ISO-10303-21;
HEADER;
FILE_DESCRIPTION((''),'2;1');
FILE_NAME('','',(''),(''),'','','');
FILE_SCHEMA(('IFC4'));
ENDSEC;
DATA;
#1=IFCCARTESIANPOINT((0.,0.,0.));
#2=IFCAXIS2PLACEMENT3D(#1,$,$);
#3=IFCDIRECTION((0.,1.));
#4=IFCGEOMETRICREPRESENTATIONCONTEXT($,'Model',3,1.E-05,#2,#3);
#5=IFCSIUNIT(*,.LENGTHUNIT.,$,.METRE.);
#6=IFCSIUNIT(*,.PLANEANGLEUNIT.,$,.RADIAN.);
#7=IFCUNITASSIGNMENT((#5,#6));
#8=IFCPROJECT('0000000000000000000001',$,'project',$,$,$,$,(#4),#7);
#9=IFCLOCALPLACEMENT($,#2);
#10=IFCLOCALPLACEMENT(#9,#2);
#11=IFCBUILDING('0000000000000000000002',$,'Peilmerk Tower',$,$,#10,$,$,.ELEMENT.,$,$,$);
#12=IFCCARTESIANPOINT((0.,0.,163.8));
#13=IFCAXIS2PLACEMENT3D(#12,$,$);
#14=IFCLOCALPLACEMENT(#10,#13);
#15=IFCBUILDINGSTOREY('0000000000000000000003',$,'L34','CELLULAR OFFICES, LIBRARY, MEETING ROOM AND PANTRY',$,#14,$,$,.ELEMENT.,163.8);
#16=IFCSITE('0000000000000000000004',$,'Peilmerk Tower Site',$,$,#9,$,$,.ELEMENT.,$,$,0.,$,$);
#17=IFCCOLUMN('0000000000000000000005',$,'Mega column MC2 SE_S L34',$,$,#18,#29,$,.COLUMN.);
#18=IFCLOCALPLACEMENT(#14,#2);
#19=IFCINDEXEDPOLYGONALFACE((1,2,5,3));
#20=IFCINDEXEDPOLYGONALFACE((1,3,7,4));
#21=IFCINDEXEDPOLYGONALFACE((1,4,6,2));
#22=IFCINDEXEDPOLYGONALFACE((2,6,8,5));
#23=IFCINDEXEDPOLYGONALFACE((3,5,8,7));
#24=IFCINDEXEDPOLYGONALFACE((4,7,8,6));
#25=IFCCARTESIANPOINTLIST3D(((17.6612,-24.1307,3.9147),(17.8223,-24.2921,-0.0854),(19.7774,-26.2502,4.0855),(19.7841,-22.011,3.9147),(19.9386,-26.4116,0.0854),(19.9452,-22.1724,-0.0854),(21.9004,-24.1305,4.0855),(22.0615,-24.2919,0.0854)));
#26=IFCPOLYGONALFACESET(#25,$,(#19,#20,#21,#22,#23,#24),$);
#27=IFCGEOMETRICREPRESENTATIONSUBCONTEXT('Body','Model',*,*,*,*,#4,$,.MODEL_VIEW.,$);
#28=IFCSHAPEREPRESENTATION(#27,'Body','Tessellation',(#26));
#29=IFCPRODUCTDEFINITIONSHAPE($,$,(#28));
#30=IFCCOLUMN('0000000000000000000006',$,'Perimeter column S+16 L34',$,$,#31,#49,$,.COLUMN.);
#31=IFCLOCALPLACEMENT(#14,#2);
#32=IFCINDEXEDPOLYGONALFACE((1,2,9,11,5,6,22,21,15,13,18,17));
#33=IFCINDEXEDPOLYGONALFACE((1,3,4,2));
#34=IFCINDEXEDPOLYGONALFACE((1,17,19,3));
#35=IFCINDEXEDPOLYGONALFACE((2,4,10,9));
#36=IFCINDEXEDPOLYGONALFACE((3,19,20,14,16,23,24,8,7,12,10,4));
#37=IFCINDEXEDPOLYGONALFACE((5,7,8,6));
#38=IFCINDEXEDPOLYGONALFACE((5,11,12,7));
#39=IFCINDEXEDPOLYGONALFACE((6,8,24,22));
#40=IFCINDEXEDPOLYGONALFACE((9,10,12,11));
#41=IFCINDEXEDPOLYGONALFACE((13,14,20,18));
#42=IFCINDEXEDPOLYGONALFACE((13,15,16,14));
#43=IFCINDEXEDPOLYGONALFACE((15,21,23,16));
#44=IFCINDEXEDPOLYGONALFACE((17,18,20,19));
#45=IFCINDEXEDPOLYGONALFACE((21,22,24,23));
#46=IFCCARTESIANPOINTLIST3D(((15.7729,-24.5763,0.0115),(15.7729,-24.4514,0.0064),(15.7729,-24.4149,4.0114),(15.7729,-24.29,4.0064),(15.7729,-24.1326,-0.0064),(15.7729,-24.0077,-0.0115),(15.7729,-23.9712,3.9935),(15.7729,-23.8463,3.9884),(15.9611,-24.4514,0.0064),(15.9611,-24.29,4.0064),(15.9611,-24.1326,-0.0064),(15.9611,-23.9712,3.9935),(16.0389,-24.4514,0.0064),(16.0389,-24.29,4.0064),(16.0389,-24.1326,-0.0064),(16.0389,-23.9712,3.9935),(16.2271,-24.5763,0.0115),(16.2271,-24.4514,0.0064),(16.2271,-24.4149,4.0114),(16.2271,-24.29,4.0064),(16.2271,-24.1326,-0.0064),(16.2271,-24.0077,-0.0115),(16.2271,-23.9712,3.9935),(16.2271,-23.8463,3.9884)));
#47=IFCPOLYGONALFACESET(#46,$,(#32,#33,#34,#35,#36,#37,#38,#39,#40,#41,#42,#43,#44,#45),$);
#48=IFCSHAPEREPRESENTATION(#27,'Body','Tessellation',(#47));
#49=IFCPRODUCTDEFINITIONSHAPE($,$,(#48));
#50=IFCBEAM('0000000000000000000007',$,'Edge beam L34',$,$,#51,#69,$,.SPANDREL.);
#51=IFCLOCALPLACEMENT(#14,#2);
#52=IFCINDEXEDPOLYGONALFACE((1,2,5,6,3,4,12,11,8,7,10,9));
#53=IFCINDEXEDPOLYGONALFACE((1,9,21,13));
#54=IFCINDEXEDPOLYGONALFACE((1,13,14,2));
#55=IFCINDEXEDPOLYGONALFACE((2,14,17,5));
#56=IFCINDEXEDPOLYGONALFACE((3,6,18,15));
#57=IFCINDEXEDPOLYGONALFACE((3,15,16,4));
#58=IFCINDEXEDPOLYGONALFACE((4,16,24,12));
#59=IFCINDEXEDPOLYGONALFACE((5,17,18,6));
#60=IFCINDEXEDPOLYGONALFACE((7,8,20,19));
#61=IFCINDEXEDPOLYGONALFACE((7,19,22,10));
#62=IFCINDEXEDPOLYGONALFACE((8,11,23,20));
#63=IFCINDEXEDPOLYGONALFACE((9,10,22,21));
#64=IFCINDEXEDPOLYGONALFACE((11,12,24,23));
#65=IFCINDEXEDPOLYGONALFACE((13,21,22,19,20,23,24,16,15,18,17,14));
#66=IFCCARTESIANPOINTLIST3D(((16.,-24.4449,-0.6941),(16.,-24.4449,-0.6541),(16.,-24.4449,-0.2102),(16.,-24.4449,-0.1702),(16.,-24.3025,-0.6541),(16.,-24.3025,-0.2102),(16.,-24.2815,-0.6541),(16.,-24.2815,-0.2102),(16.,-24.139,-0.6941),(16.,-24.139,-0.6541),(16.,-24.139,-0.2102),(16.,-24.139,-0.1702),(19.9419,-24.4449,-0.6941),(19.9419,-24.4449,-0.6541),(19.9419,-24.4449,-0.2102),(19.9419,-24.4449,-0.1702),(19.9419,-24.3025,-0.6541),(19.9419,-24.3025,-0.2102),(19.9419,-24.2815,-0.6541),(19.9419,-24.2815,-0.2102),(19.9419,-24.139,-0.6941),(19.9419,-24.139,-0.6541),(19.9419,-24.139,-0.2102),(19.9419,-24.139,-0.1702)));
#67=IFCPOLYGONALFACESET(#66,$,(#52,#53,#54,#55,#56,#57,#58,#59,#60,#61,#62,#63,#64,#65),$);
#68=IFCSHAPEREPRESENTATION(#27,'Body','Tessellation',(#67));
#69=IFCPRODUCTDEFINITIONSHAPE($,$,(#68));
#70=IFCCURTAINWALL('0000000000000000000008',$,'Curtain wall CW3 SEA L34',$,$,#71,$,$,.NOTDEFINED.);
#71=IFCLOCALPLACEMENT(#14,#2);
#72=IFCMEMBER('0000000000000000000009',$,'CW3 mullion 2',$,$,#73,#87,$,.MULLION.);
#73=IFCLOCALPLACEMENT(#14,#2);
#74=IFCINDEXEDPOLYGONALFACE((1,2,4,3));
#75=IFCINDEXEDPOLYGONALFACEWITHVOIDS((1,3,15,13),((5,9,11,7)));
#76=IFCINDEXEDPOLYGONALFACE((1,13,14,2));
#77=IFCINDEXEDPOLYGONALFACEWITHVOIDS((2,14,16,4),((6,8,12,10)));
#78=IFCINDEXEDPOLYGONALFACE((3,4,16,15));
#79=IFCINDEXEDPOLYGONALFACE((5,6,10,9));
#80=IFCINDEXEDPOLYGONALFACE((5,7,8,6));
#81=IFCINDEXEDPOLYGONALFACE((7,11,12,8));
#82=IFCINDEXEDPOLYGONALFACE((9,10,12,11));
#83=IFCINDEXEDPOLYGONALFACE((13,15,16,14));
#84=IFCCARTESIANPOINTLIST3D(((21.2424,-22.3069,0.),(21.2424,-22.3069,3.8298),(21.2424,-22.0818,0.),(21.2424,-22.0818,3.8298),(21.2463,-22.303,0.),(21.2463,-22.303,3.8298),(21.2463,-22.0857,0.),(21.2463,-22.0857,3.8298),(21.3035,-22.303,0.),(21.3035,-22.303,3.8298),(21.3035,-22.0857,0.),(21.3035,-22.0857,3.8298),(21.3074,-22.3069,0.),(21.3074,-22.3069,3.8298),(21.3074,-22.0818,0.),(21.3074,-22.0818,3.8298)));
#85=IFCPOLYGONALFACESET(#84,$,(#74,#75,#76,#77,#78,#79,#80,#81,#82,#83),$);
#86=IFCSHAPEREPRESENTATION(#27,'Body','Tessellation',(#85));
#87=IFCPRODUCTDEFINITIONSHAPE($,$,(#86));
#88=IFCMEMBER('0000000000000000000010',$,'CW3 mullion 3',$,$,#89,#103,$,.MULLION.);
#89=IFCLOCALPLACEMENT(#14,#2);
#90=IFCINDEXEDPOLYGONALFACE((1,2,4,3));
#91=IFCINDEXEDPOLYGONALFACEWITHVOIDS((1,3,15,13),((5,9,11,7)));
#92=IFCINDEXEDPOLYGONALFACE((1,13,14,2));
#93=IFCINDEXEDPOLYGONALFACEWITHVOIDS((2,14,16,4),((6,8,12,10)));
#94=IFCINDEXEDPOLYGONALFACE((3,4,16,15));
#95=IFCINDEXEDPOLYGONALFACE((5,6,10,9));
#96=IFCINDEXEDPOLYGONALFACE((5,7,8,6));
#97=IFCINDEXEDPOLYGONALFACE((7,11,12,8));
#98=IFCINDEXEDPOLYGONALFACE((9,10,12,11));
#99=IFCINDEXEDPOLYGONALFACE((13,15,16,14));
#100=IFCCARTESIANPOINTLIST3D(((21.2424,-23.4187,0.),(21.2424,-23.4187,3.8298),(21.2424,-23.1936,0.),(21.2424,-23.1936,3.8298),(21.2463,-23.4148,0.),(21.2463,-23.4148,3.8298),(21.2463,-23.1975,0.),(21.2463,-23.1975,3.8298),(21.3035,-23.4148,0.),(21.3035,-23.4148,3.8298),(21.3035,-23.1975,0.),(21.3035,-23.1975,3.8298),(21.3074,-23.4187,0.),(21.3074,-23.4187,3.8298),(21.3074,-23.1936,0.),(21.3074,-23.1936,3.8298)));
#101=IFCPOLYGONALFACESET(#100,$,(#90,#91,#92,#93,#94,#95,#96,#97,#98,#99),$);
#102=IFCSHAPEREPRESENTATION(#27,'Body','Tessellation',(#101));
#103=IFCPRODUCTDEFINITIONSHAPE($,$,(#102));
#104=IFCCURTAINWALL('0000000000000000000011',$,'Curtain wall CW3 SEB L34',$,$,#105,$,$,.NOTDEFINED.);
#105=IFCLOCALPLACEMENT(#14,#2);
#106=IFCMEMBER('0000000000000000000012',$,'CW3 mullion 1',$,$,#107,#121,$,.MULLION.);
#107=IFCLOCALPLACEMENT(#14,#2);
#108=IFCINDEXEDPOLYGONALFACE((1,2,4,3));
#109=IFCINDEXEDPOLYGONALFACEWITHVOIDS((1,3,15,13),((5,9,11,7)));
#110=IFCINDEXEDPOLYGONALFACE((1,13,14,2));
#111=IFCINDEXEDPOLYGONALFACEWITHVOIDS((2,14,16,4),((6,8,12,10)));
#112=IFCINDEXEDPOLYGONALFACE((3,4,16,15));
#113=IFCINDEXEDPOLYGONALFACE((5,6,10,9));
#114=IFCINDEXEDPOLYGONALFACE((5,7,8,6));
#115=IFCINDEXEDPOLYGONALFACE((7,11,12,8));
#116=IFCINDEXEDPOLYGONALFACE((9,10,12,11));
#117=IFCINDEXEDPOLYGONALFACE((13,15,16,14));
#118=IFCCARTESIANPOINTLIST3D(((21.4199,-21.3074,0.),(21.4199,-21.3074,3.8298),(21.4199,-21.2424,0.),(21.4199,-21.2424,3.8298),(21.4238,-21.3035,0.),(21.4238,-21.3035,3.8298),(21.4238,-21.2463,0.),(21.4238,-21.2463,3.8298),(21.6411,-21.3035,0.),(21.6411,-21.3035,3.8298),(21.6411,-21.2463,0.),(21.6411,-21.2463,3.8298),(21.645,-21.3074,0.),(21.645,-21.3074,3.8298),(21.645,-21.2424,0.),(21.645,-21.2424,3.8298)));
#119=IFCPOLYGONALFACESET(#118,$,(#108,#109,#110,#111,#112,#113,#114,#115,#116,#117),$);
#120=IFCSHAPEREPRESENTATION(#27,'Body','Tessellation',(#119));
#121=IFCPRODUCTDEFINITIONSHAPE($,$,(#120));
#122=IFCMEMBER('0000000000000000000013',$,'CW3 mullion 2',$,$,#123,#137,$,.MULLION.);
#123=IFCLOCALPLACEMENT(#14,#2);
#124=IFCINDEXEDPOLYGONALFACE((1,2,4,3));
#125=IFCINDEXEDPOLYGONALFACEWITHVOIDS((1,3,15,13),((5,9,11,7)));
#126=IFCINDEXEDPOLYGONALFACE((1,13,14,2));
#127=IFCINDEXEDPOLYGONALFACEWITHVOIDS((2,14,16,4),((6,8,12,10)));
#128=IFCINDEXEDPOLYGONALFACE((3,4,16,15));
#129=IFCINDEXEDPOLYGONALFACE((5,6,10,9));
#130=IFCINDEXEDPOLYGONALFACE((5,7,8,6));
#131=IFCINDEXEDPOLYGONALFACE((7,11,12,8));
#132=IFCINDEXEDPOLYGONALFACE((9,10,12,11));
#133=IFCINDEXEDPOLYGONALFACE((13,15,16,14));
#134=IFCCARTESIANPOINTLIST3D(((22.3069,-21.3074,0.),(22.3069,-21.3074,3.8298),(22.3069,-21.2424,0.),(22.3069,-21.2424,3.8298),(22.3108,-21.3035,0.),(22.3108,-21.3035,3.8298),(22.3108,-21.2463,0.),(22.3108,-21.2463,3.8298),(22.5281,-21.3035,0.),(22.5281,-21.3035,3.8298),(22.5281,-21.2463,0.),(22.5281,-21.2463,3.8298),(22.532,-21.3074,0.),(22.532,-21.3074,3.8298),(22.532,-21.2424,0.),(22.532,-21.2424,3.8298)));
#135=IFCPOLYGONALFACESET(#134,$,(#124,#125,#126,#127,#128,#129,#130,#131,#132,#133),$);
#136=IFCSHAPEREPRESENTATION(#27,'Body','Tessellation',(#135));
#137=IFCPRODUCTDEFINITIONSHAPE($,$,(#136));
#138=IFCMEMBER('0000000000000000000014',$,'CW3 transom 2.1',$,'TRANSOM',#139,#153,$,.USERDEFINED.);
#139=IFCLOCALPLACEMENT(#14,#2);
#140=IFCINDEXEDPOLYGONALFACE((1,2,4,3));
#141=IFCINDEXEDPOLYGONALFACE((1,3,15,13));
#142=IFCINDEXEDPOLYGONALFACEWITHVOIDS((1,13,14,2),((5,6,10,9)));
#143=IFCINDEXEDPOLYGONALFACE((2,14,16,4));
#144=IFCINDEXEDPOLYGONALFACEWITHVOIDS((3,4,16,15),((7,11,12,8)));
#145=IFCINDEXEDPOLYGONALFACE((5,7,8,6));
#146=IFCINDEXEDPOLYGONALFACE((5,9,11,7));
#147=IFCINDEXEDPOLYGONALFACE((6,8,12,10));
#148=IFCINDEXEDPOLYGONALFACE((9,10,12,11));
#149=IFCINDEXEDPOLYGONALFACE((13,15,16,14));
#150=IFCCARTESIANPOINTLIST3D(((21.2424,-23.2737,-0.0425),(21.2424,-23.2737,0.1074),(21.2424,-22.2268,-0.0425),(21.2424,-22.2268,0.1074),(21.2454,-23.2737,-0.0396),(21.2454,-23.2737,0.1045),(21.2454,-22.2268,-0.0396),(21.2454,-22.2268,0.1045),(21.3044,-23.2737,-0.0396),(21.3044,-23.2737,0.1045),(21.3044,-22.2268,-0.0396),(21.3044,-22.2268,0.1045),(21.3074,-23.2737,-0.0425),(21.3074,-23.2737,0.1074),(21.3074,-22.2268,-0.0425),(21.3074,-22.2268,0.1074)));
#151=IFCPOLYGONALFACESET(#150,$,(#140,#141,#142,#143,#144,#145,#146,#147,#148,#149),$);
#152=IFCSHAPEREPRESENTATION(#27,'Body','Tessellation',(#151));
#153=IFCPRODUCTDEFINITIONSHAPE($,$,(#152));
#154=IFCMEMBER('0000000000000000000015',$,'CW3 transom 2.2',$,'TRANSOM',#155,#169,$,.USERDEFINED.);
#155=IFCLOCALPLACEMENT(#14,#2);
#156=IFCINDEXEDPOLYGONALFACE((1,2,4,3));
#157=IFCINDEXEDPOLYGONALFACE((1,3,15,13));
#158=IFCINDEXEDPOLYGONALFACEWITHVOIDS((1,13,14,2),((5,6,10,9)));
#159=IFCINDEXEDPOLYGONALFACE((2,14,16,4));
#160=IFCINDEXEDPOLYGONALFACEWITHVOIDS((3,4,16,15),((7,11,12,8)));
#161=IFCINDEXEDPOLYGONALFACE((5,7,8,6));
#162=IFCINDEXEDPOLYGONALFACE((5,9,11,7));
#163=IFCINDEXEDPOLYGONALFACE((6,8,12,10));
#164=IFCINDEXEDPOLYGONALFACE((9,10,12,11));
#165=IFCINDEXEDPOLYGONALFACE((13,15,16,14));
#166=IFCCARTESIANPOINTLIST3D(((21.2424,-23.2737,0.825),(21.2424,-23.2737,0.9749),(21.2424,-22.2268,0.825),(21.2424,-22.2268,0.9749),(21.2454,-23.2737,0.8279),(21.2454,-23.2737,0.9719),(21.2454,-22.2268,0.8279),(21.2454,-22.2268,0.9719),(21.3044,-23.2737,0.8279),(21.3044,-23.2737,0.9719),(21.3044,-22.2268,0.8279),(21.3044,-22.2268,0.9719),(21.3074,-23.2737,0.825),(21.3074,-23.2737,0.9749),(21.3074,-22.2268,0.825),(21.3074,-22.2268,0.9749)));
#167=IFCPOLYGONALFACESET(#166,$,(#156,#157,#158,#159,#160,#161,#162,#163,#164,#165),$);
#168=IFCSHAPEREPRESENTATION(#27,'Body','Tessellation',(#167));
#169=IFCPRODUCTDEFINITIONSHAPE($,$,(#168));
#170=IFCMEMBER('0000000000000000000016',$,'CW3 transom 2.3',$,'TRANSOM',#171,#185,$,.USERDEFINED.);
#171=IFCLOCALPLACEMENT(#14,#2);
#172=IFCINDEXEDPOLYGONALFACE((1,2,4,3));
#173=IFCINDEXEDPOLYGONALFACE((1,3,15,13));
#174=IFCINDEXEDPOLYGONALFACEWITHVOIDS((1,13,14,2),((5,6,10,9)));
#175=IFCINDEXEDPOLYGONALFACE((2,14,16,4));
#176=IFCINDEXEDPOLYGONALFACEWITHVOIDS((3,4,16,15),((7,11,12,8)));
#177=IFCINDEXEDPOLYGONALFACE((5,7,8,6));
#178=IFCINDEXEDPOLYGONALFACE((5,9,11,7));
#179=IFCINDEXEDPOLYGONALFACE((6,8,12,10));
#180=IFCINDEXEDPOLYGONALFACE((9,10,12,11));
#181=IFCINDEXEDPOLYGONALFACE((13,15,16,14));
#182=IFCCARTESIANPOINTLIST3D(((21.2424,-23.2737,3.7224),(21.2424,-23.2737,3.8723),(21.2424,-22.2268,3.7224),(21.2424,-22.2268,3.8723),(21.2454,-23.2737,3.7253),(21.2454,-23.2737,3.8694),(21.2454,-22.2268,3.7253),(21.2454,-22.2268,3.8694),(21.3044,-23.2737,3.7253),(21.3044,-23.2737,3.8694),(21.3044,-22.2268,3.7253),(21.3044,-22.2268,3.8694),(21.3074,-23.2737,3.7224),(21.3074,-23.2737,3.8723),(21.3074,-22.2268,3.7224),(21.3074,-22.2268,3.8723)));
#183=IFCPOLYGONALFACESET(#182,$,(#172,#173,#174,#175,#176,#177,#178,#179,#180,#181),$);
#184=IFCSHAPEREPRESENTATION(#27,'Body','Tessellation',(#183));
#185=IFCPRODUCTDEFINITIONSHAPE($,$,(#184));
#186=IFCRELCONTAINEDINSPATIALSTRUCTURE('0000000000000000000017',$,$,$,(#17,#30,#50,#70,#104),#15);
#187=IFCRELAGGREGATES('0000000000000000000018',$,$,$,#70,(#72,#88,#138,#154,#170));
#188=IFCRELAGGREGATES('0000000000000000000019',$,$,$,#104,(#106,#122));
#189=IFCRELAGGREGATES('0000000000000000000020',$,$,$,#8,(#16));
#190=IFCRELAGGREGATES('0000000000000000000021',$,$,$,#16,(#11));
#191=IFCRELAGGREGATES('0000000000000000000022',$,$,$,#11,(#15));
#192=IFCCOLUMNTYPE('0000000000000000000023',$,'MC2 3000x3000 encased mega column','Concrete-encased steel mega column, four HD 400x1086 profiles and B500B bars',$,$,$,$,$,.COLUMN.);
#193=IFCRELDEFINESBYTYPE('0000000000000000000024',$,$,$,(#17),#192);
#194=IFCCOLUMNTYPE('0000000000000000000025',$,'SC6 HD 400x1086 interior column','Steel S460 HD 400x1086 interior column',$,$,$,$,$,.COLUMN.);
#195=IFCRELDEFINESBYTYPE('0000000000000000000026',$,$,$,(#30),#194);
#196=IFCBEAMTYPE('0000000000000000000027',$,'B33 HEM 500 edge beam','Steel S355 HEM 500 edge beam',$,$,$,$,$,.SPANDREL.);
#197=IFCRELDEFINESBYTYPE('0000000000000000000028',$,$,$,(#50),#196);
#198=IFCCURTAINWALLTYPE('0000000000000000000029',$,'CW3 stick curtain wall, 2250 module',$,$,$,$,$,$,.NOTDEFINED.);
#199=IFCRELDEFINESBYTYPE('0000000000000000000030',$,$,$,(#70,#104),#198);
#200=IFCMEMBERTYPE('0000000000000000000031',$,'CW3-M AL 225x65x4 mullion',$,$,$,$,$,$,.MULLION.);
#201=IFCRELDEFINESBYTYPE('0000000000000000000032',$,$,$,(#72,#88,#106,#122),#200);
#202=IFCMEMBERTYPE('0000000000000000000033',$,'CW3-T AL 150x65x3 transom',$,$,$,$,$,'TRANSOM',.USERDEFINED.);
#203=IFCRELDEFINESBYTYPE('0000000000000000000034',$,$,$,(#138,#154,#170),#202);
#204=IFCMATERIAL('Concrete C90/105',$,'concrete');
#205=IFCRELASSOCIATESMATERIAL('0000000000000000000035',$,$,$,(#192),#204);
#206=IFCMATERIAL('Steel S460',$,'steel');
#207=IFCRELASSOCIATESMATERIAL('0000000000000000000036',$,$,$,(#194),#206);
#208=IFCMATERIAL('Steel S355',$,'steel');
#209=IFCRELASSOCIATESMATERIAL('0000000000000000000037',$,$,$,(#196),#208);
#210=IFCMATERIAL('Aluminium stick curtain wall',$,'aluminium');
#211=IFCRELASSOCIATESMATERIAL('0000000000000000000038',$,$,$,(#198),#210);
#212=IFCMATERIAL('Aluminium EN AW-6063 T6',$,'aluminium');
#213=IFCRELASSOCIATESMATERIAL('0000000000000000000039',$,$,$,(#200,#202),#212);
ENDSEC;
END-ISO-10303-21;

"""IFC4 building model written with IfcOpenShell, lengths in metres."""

from ifc_helpers import new_model, si_unit, direction, frame, origin, origin_2d, place, context, subcontext, project, spatial, rectangle, hollow_rectangle, i_section, extrude, material, material_profile, profile_set, type_object, element, aggregate, save


model = new_model("IFC4")

# Units and contexts
model_context = context("Model", 3, precision=1e-05, world=origin(), true_north=direction((0.0, 1.0)))
body_context = subcontext(model_context, "Body", "Model", "MODEL_VIEW")
ifc_project = project(units=[si_unit("LENGTHUNIT", "METRE"), si_unit("PLANEANGLEUNIT", "RADIAN")], contexts=[model_context])

# Site, building, storey
site_placement = place(None, origin())
site = spatial("IfcSite", under=ifc_project, at=site_placement, Name="Peilmerk Tower Site", CompositionType="ELEMENT", RefElevation=0.0)
building_placement = place(site_placement, origin())
building = spatial("IfcBuilding", under=site, at=building_placement, Name="Peilmerk Tower", CompositionType="ELEMENT")
storey_placement = place(building_placement, frame((0.0, 0.0, 163.8)))
storey = spatial("IfcBuildingStorey", under=building, at=storey_placement, Name="L34", Description="CELLULAR OFFICES, LIBRARY, MEETING ROOM AND PANTRY", CompositionType="ELEMENT", Elevation=163.8)

# Columns
ifc_material_1 = material(Name="Concrete C90/105", Category="concrete")
ifc_material_profile_1 = material_profile(ifc_material_1, rectangle(XDim=3.0, YDim=3.0, at=origin_2d()), Name="RC 3000x3000")
ifc_profile_set_1 = profile_set([ifc_material_profile_1], Name="Concrete C90/105")
column_type_1 = type_object("IfcColumnType", Name="MC2 3000x3000 encased mega column", Description="Concrete-encased steel mega column, four HD 400x1086 profiles and B500B bars", PredefinedType="COLUMN", material=ifc_profile_set_1)
column_1_placement = place(storey_placement, frame((19.9419, -24.292, 0.0), z_axis=(-0.040218, 0.040279, 0.998379), x_axis=(-0.707642, -0.706571, 0.0)))
element("IfcColumn", 1, at=column_1_placement, inside=storey, type_object=column_type_1, Name="Mega column MC2 SE_S L34", PredefinedType="COLUMN", context=body_context, shape_type="SweptSolid", body=[
    extrude(rectangle(XDim=3.0, YDim=3.0, at=origin_2d()), origin(), (0.0, 0.0, 1.0), 4.0066),
])
ifc_material_2 = material(Name="Steel S460", Category="steel")
ifc_material_profile_2 = material_profile(ifc_material_2, i_section(OverallWidth=0.4541, OverallDepth=0.5691, WebThickness=0.0779, FlangeThickness=0.125, at=origin_2d()), Name="HD 400x1086")
ifc_profile_set_2 = profile_set([ifc_material_profile_2], Name="Steel S460")
column_type_2 = type_object("IfcColumnType", Name="SC6 HD 400x1086 interior column", Description="Steel S460 HD 400x1086 interior column", PredefinedType="COLUMN", material=ifc_profile_set_2)
column_2_placement = place(storey_placement, frame((16.0, -24.292, 0.0), z_axis=(0.0, 0.040311, 0.999187), x_axis=(-1.0, 0.0, 0.0)))
element("IfcColumn", 2, at=column_2_placement, inside=storey, type_object=column_type_2, Name="Perimeter column S+16 L34", PredefinedType="COLUMN", context=body_context, shape_type="SweptSolid", body=[
    extrude(i_section(OverallWidth=0.4541, OverallDepth=0.5691, WebThickness=0.0779, FlangeThickness=0.125, at=origin_2d()), origin(), (0.0, 0.0, 1.0), 4.0032),
])

# Beam
ifc_material_3 = material(Name="Steel S355", Category="steel")
ifc_material_profile_3 = material_profile(ifc_material_3, i_section(OverallWidth=0.3059, OverallDepth=0.5239, WebThickness=0.021, FlangeThickness=0.04, at=origin_2d()), Name="HEM 500")
ifc_profile_set_3 = profile_set([ifc_material_profile_3], Name="Steel S355")
beam_type = type_object("IfcBeamType", Name="B33 HEM 500 edge beam", Description="Steel S355 HEM 500 edge beam", PredefinedType="SPANDREL", material=ifc_profile_set_3)
beam_placement = place(storey_placement, frame((16.0, -24.292, -0.4321), z_axis=(1.0, 0.0, 0.0), x_axis=(0.0, 1.0, 0.0)))
element("IfcBeam", 3, at=beam_placement, inside=storey, type_object=beam_type, Name="Edge beam L34", PredefinedType="SPANDREL", context=body_context, shape_type="SweptSolid", body=[
    extrude(i_section(OverallWidth=0.3059, OverallDepth=0.5239, WebThickness=0.021, FlangeThickness=0.04, at=origin_2d()), origin(), (0.0, 0.0, 1.0), 3.9419),
])

# Curtain walls, members
ifc_material_4 = material(Name="Aluminium stick curtain wall", Category="aluminium")
curtain_wall_type = type_object("IfcCurtainWallType", Name="CW3 stick curtain wall, 2250 module", PredefinedType="NOTDEFINED", material=ifc_material_4)
curtain_wall_1_placement = place(storey_placement, origin())
curtain_wall_1 = element("IfcCurtainWall", 4, at=curtain_wall_1_placement, inside=storey, type_object=curtain_wall_type, Name="Curtain wall CW3 SEA L34", PredefinedType="NOTDEFINED")
ifc_material_5 = material(Name="Aluminium EN AW-6063 T6", Category="aluminium")
ifc_material_profile_4 = material_profile(ifc_material_5, hollow_rectangle(XDim=0.0649, YDim=0.2251, WallThickness=0.0039, at=origin_2d()), Name="AL 225x65x4")
ifc_profile_set_4 = profile_set([ifc_material_profile_4], Name="Aluminium EN AW-6063 T6")
member_type_1 = type_object("IfcMemberType", Name="CW3-M AL 225x65x4 mullion", PredefinedType="MULLION", material=ifc_profile_set_4)
member_1_placement = place(storey_placement, frame((21.2749, -22.1943, 0.0), z_axis=(0.0, 0.0, 1.0), x_axis=(1.0, 0.0, 0.0)))
member_1 = element("IfcMember", 5, at=member_1_placement, type_object=member_type_1, Name="CW3 mullion 2", PredefinedType="MULLION", context=body_context, shape_type="SweptSolid", body=[
    extrude(hollow_rectangle(XDim=0.0649, YDim=0.2251, WallThickness=0.0039, at=origin_2d()), origin(), (0.0, 0.0, 1.0), 3.8298),
])
member_2_placement = place(storey_placement, frame((21.2749, -23.3062, 0.0), z_axis=(0.0, 0.0, 1.0), x_axis=(1.0, 0.0, 0.0)))
member_2 = element("IfcMember", 6, at=member_2_placement, type_object=member_type_1, Name="CW3 mullion 3", PredefinedType="MULLION", context=body_context, shape_type="SweptSolid", body=[
    extrude(hollow_rectangle(XDim=0.0649, YDim=0.2251, WallThickness=0.0039, at=origin_2d()), origin(), (0.0, 0.0, 1.0), 3.8298),
])
curtain_wall_2_placement = place(storey_placement, origin())
curtain_wall_2 = element("IfcCurtainWall", 7, at=curtain_wall_2_placement, inside=storey, type_object=curtain_wall_type, Name="Curtain wall CW3 SEB L34", PredefinedType="NOTDEFINED")
member_3_placement = place(storey_placement, frame((21.5325, -21.2749, 0.0), z_axis=(0.0, 0.0, 1.0), x_axis=(0.0, 1.0, 0.0)))
member_3 = element("IfcMember", 8, at=member_3_placement, type_object=member_type_1, Name="CW3 mullion 1", PredefinedType="MULLION", context=body_context, shape_type="SweptSolid", body=[
    extrude(hollow_rectangle(XDim=0.0649, YDim=0.2251, WallThickness=0.0039, at=origin_2d()), origin(), (0.0, 0.0, 1.0), 3.8298),
])
member_4_placement = place(storey_placement, frame((22.4194, -21.2749, 0.0), z_axis=(0.0, 0.0, 1.0), x_axis=(0.0, 1.0, 0.0)))
member_4 = element("IfcMember", 9, at=member_4_placement, type_object=member_type_1, Name="CW3 mullion 2", PredefinedType="MULLION", context=body_context, shape_type="SweptSolid", body=[
    extrude(hollow_rectangle(XDim=0.0649, YDim=0.2251, WallThickness=0.0039, at=origin_2d()), origin(), (0.0, 0.0, 1.0), 3.8298),
])

# Members
ifc_material_profile_5 = material_profile(ifc_material_5, hollow_rectangle(XDim=0.0649, YDim=0.1499, WallThickness=0.0029, at=origin_2d()), Name="AL 150x65x3")
ifc_profile_set_5 = profile_set([ifc_material_profile_5], Name="Aluminium EN AW-6063 T6")
member_type_2 = type_object("IfcMemberType", Name="CW3-T AL 150x65x3 transom", ElementType="TRANSOM", PredefinedType="USERDEFINED", material=ifc_profile_set_5)
member_5_placement = place(storey_placement, frame((21.2749, -22.2268, 0.0325), z_axis=(0.0, -1.0, 0.0), x_axis=(1.0, 0.0, 0.0)))
member_5 = element("IfcMember", 10, at=member_5_placement, type_object=member_type_2, Name="CW3 transom 2.1", ObjectType="TRANSOM", PredefinedType="USERDEFINED", context=body_context, shape_type="SweptSolid", body=[
    extrude(hollow_rectangle(XDim=0.0649, YDim=0.1499, WallThickness=0.0029, at=origin_2d()), origin(), (0.0, 0.0, 1.0), 1.0469),
])
member_6_placement = place(storey_placement, frame((21.2749, -22.2268, 0.8999), z_axis=(0.0, -1.0, 0.0), x_axis=(1.0, 0.0, 0.0)))
member_6 = element("IfcMember", 11, at=member_6_placement, type_object=member_type_2, Name="CW3 transom 2.2", ObjectType="TRANSOM", PredefinedType="USERDEFINED", context=body_context, shape_type="SweptSolid", body=[
    extrude(hollow_rectangle(XDim=0.0649, YDim=0.1499, WallThickness=0.0029, at=origin_2d()), origin(), (0.0, 0.0, 1.0), 1.0469),
])
member_7_placement = place(storey_placement, frame((21.2749, -22.2268, 3.7974), z_axis=(0.0, -1.0, 0.0), x_axis=(1.0, 0.0, 0.0)))
member_7 = element("IfcMember", 12, at=member_7_placement, type_object=member_type_2, Name="CW3 transom 2.3", ObjectType="TRANSOM", PredefinedType="USERDEFINED", context=body_context, shape_type="SweptSolid", body=[
    extrude(hollow_rectangle(XDim=0.0649, YDim=0.1499, WallThickness=0.0029, at=origin_2d()), origin(), (0.0, 0.0, 1.0), 1.0469),
])

aggregate(curtain_wall_1, [member_1, member_2, member_5, member_6, member_7])
aggregate(curtain_wall_2, [member_3, member_4])

save(model, "model.ifc")
